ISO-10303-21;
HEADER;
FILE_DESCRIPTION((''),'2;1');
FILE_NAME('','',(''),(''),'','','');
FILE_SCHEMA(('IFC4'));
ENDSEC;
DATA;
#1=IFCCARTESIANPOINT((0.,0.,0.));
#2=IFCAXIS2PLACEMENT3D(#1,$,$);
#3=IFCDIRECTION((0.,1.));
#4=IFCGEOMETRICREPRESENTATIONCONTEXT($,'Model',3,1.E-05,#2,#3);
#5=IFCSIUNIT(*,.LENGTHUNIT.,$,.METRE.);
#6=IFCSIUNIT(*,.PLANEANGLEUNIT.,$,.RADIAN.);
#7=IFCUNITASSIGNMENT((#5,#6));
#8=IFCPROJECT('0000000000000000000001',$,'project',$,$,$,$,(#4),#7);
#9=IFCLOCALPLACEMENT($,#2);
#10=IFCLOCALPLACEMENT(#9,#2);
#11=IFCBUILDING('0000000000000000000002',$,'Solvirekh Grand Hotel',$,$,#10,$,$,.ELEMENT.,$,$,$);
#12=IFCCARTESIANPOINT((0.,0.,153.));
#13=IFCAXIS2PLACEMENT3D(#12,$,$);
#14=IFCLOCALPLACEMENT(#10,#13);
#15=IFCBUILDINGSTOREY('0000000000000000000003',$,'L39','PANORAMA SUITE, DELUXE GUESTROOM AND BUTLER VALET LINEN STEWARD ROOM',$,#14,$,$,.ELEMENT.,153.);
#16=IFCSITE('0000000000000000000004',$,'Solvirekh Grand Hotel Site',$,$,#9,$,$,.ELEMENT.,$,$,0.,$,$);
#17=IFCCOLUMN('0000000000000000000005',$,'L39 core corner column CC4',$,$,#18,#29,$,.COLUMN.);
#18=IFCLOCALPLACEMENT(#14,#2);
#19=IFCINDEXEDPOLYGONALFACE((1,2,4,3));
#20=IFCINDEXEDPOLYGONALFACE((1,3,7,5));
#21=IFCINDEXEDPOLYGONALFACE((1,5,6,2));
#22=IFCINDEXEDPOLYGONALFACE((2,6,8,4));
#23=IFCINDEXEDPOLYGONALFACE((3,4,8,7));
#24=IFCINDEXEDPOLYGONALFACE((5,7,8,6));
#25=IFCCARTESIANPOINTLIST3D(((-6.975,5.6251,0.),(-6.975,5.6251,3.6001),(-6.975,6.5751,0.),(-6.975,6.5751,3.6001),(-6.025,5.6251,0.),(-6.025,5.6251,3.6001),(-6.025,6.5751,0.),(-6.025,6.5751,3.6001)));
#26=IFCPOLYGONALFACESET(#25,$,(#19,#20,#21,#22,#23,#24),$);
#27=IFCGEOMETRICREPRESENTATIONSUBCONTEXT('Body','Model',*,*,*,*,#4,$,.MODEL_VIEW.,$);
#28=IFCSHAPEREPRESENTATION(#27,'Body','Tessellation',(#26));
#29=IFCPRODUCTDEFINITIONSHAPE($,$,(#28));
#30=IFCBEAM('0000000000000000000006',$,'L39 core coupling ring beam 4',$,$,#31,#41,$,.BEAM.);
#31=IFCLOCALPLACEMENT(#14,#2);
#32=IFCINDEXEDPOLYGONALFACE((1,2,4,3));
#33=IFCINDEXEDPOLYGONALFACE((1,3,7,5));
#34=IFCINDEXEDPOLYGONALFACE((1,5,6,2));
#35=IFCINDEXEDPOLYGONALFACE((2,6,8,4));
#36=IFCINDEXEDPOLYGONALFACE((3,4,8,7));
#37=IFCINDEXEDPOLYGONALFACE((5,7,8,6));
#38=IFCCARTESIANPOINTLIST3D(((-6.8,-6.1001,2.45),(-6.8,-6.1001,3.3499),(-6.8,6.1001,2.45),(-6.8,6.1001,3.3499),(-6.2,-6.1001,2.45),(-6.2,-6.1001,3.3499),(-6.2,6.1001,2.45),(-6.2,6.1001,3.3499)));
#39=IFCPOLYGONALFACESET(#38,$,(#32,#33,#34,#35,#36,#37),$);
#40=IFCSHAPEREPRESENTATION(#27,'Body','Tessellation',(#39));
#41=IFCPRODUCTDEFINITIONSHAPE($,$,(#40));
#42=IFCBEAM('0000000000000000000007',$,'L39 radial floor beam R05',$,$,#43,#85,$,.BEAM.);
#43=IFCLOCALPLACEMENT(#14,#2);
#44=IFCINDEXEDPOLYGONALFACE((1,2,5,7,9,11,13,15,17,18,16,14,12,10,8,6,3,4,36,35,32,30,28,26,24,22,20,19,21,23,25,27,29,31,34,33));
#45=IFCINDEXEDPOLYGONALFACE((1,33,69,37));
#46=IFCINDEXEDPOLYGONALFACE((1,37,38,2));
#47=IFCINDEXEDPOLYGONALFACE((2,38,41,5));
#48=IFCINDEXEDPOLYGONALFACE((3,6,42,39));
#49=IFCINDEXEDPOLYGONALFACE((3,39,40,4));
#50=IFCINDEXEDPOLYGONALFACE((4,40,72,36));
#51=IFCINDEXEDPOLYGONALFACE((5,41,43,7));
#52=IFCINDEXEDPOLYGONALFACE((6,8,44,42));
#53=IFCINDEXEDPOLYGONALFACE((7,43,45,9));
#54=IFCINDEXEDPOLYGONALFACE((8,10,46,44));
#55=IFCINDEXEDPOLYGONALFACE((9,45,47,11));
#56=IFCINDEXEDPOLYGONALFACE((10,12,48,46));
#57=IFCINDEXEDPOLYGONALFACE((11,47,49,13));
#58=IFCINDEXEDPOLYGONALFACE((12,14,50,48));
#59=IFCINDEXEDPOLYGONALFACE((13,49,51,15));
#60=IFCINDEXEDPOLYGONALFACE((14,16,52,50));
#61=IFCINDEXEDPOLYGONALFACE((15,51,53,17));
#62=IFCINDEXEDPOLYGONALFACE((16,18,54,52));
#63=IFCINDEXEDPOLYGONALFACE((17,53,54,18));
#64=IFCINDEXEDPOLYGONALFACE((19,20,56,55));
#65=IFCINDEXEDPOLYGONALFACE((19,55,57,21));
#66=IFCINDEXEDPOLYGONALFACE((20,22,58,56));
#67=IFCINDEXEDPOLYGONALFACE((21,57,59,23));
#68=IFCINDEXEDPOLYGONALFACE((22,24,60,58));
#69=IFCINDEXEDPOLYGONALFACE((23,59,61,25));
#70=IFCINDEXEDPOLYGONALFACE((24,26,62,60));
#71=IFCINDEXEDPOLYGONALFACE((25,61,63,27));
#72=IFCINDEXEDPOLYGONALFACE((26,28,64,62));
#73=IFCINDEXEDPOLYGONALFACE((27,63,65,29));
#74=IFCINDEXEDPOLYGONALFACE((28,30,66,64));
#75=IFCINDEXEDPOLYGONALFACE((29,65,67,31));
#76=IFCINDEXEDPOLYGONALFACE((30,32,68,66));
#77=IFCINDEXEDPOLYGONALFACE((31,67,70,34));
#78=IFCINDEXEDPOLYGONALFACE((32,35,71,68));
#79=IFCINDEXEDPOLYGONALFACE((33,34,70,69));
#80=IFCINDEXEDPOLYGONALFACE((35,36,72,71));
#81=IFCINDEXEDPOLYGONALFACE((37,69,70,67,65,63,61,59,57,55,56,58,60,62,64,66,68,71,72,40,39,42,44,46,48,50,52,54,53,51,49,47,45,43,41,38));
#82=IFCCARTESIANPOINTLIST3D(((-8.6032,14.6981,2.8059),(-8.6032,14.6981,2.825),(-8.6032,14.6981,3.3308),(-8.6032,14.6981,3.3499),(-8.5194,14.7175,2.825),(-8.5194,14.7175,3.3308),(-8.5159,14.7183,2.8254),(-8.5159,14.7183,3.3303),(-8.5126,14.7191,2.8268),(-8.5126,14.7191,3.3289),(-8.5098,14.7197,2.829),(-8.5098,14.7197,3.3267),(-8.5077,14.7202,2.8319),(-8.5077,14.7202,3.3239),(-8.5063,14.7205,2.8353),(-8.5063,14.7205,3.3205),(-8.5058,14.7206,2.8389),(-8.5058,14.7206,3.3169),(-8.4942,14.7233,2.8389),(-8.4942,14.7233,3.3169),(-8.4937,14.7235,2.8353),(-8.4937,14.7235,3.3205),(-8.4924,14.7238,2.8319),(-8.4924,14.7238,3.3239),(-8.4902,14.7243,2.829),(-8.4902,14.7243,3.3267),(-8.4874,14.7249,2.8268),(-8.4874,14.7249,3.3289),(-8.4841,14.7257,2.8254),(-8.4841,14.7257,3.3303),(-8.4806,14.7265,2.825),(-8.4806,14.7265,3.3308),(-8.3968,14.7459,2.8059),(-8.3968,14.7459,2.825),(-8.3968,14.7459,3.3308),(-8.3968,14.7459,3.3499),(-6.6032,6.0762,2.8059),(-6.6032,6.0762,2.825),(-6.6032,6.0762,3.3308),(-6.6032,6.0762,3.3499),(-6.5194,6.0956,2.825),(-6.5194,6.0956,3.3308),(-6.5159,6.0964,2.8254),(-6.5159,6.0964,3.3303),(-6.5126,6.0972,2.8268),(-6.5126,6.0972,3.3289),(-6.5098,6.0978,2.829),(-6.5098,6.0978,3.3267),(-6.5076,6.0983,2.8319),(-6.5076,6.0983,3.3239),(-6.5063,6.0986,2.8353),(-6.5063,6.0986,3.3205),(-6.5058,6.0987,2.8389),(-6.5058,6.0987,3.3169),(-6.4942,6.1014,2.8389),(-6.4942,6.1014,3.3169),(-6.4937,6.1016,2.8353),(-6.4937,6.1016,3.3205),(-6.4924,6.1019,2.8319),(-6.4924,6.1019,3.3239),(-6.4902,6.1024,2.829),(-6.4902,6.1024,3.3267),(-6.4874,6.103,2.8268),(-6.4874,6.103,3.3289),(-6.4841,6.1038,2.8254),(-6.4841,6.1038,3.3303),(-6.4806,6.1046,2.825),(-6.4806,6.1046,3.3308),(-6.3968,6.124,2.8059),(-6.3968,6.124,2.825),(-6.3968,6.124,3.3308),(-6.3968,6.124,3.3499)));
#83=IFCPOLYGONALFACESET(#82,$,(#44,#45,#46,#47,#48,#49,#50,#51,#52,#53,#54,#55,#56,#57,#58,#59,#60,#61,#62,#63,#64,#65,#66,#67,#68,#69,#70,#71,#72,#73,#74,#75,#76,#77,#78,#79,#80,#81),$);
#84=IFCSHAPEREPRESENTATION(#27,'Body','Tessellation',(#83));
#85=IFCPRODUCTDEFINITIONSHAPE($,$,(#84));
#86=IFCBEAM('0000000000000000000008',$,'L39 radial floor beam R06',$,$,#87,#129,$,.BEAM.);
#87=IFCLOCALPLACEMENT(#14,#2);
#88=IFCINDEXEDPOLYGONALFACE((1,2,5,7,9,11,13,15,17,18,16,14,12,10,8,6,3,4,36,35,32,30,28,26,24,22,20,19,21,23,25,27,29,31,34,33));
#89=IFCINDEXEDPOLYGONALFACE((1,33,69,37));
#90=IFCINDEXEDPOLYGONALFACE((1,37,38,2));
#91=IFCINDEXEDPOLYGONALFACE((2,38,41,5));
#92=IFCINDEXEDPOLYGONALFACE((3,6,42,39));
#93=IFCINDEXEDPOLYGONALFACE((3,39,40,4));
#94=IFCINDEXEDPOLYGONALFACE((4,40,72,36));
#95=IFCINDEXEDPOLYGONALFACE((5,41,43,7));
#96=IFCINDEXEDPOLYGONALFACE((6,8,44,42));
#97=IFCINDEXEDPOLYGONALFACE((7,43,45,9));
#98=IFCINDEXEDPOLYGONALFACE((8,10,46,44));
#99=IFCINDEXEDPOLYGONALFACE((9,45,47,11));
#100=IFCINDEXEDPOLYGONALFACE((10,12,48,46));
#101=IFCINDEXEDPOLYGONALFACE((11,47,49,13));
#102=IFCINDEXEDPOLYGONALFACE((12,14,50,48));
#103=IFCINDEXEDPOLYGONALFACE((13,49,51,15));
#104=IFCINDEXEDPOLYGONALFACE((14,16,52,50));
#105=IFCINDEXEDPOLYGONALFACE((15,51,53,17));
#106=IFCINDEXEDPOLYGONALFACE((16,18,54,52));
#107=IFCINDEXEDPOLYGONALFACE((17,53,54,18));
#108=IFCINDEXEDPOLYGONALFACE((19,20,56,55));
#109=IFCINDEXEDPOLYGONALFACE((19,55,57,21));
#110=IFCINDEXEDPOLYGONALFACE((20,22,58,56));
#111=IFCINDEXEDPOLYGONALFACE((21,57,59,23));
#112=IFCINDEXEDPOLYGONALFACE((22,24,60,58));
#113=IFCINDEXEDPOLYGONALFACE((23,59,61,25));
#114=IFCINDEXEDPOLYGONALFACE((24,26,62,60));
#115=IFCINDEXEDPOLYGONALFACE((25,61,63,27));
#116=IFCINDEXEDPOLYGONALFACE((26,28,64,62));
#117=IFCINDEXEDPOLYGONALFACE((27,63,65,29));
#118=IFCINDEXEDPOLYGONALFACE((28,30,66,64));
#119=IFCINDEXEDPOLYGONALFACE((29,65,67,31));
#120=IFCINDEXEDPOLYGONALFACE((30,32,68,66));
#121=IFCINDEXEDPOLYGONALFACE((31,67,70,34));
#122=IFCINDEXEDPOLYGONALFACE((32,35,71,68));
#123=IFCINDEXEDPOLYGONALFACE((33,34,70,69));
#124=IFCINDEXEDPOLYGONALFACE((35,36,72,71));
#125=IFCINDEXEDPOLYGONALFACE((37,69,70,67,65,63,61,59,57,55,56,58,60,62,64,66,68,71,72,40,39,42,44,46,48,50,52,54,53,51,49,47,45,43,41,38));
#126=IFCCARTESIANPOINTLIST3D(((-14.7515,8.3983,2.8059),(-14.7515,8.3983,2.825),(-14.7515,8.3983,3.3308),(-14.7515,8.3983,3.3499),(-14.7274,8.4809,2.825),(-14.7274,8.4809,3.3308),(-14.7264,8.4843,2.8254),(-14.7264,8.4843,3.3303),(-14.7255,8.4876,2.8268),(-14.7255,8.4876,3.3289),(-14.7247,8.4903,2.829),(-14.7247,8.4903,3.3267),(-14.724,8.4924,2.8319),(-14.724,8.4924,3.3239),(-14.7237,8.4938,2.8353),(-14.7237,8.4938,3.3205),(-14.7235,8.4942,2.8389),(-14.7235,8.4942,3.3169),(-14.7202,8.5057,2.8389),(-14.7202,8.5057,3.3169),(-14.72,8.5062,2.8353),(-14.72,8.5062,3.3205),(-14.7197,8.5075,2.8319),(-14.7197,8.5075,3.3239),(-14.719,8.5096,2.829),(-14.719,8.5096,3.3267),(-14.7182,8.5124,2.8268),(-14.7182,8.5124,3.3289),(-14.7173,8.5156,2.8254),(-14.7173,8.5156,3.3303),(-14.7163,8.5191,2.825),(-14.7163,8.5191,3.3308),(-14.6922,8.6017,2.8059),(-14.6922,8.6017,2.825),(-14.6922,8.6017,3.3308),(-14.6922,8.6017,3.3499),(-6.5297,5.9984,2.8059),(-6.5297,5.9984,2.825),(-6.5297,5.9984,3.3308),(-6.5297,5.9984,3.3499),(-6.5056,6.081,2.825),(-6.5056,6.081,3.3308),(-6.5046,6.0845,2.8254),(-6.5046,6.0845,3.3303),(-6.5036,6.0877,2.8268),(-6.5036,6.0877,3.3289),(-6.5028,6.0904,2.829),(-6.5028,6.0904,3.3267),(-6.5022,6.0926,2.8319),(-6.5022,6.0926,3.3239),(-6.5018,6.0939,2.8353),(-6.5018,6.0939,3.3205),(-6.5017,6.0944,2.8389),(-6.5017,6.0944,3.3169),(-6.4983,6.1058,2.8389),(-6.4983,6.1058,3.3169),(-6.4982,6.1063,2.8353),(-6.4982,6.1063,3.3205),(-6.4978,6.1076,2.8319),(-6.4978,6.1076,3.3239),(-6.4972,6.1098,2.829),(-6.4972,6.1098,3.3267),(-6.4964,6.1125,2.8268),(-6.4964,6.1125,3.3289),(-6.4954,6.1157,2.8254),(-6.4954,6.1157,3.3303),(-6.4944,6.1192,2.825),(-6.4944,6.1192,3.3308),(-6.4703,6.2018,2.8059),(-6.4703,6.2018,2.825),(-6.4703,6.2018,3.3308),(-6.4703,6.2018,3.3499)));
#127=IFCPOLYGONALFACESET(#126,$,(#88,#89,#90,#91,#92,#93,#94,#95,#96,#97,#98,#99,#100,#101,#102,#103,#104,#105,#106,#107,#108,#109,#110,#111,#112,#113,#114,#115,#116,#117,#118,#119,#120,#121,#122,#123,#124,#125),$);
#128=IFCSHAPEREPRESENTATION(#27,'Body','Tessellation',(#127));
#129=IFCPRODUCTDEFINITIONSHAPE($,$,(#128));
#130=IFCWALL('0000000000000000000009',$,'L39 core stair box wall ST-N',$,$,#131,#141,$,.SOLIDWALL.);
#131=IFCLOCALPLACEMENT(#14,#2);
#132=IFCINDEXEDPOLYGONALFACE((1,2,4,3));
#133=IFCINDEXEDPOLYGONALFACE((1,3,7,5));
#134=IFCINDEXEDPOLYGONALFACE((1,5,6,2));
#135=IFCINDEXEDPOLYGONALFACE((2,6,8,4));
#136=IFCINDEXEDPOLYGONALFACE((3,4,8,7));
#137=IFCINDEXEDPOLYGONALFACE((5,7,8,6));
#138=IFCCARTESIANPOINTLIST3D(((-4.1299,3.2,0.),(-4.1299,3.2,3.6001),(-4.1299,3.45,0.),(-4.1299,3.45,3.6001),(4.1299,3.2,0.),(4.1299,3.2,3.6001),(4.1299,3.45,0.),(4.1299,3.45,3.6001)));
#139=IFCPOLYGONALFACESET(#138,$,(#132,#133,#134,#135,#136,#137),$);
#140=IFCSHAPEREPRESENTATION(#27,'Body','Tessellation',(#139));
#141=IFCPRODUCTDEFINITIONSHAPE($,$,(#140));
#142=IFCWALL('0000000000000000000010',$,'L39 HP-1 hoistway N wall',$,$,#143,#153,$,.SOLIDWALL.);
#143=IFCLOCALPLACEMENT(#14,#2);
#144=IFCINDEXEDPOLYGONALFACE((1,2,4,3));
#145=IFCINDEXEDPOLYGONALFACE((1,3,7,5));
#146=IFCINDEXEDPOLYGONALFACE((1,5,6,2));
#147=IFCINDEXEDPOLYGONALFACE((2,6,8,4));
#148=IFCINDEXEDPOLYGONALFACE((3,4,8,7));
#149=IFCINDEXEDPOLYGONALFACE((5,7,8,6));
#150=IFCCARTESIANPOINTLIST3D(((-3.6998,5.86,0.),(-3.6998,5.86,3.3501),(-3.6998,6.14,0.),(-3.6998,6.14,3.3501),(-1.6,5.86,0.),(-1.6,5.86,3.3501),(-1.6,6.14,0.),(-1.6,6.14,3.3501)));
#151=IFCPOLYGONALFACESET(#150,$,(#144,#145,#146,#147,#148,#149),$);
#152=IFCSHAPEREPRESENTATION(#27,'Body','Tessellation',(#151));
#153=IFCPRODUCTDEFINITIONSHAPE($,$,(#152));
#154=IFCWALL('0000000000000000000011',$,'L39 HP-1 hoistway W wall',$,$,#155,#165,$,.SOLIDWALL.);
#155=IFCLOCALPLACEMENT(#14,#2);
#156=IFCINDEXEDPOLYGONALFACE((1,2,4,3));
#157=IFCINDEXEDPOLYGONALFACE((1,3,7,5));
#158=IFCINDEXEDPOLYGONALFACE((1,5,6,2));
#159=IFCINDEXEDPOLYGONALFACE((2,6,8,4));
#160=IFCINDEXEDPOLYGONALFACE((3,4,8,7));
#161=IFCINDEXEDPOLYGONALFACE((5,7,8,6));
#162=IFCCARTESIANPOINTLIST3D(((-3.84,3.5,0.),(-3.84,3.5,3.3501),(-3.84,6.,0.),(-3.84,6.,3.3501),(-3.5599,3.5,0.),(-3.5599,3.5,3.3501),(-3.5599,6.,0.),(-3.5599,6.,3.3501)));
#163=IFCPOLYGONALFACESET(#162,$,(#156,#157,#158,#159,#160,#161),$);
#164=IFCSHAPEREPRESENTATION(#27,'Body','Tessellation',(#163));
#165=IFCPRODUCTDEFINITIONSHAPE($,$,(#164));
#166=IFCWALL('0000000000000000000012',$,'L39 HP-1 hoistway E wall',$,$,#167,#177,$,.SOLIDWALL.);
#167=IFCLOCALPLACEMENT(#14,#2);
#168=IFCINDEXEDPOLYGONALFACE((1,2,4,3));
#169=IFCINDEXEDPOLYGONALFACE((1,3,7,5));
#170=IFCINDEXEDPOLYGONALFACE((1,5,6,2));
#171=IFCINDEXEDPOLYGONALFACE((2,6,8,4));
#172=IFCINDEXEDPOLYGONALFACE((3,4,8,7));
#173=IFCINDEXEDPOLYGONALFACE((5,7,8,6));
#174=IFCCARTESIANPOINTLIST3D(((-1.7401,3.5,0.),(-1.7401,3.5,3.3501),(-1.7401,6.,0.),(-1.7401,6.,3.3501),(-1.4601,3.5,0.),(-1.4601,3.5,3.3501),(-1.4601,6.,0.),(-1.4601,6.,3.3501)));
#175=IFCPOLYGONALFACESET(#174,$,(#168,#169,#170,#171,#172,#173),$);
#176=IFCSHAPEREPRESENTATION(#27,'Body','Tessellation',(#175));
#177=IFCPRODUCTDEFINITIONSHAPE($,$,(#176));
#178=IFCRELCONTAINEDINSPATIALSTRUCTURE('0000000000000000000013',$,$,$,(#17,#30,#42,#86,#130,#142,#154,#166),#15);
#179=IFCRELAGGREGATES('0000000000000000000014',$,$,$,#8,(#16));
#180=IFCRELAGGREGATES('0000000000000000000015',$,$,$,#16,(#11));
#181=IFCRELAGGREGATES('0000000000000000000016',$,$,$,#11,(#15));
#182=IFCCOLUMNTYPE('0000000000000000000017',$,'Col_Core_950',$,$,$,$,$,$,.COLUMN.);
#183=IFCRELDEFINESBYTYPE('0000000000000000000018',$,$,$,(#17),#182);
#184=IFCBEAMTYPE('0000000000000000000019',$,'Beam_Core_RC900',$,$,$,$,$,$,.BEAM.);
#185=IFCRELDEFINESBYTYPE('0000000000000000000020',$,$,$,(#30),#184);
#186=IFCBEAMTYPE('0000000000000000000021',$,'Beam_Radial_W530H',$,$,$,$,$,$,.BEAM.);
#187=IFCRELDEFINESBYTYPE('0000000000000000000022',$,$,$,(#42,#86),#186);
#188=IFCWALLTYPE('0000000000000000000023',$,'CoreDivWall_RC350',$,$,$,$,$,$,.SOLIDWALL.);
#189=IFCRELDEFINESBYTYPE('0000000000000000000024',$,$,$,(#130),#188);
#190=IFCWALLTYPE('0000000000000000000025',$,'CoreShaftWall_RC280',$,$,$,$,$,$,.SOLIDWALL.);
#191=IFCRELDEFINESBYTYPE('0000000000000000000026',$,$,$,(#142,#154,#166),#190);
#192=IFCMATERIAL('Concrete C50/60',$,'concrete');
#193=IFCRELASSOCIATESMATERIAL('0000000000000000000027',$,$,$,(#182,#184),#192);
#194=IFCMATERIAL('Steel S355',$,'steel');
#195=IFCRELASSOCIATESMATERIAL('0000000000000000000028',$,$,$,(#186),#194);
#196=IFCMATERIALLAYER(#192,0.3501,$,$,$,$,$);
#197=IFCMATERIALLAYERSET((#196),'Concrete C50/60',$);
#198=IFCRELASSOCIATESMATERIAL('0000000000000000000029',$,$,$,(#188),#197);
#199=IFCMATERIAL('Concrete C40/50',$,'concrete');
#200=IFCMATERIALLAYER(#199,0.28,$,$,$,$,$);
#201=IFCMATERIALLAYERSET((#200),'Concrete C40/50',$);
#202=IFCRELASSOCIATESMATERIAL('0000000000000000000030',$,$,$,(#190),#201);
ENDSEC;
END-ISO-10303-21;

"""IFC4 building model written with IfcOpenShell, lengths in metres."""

from ifc_helpers import new_model, si_unit, direction, frame, frame_2d, origin, origin_2d, place, context, subcontext, project, spatial, rectangle, i_section, extrude, material, layer, layer_set, material_profile, profile_set, type_object, element, save


model = new_model("IFC4")

# Units and contexts
model_context = context("Model", 3, precision=1e-05, world=origin(), true_north=direction((0.0, 1.0)))
body_context = subcontext(model_context, "Body", "Model", "MODEL_VIEW")
ifc_project = project(units=[si_unit("LENGTHUNIT", "METRE"), si_unit("PLANEANGLEUNIT", "RADIAN")], contexts=[model_context])

# Site, building, storey
site_placement = place(None, origin())
site = spatial("IfcSite", under=ifc_project, at=site_placement, Name="Solvirekh Grand Hotel Site", CompositionType="ELEMENT", RefElevation=0.0)
building_placement = place(site_placement, origin())
building = spatial("IfcBuilding", under=site, at=building_placement, Name="Solvirekh Grand Hotel", CompositionType="ELEMENT")
storey_placement = place(building_placement, frame((0.0, 0.0, 153.0)))
storey = spatial("IfcBuildingStorey", under=building, at=storey_placement, Name="L39", Description="PANORAMA SUITE, DELUXE GUESTROOM AND BUTLER VALET LINEN STEWARD ROOM", CompositionType="ELEMENT", Elevation=153.0)

# Column
ifc_material_1 = material(Name="Concrete C50/60", Category="concrete")
ifc_material_profile_1 = material_profile(ifc_material_1, rectangle(XDim=0.95, YDim=0.95, at=origin_2d()), Name="RC 950X950")
ifc_profile_set_1 = profile_set([ifc_material_profile_1], Name="Concrete C50/60")
column_type = type_object("IfcColumnType", Name="Col_Core_950", PredefinedType="COLUMN", material=ifc_profile_set_1)
column_placement = place(storey_placement, frame((-6.5, 6.1001, 0.0), z_axis=(0.0, 0.0, 1.0), x_axis=(1.0, 0.0, 0.0)))
element("IfcColumn", 1, at=column_placement, inside=storey, type_object=column_type, Name="L39 core corner column CC4", PredefinedType="COLUMN", context=body_context, shape_type="SweptSolid", body=[
    extrude(rectangle(XDim=0.95, YDim=0.95, at=origin_2d()), origin(), (0.0, 0.0, 1.0), 3.6001),
])

# Beams
ifc_material_profile_2 = material_profile(ifc_material_1, rectangle(XDim=0.6001, YDim=0.8999, at=origin_2d()), Name="RC BEAM 600X900")
ifc_profile_set_2 = profile_set([ifc_material_profile_2], Name="Concrete C50/60")
beam_type_1 = type_object("IfcBeamType", Name="Beam_Core_RC900", PredefinedType="BEAM", material=ifc_profile_set_2)
beam_1_placement = place(storey_placement, frame((-6.5, 6.1001, 2.8999), z_axis=(0.0, -1.0, 0.0), x_axis=(1.0, 0.0, 0.0)))
element("IfcBeam", 2, at=beam_1_placement, inside=storey, type_object=beam_type_1, Name="L39 core coupling ring beam 4", PredefinedType="BEAM", context=body_context, shape_type="SweptSolid", body=[
    extrude(rectangle(XDim=0.6001, YDim=0.8999, at=origin_2d()), origin(), (0.0, 0.0, 1.0), 12.2002),
])
ifc_material_2 = material(Name="Steel S355", Category="steel")
ifc_material_profile_3 = material_profile(ifc_material_2, i_section(OverallWidth=0.2119, OverallDepth=0.5439, WebThickness=0.012, FlangeThickness=0.019, FilletRadius=0.0139, at=origin_2d()), Name="W530X123")
ifc_profile_set_3 = profile_set([ifc_material_profile_3], Name="Steel S355")
beam_type_2 = type_object("IfcBeamType", Name="Beam_Radial_W530H", PredefinedType="BEAM", material=ifc_profile_set_3)
beam_2_placement = place(storey_placement, frame((-6.5, 6.1001, 3.0779), z_axis=(-0.225969, 0.974134, 0.0), x_axis=(-0.974134, -0.225969, 0.0)))
element("IfcBeam", 3, at=beam_2_placement, inside=storey, type_object=beam_type_2, Name="L39 radial floor beam R05", PredefinedType="BEAM", context=body_context, shape_type="SweptSolid", body=[
    extrude(i_section(OverallWidth=0.2119, OverallDepth=0.5439, WebThickness=0.012, FlangeThickness=0.019, FilletRadius=0.0139, at=origin_2d()), origin(), (0.0, 0.0, 1.0), 8.8508),
])
beam_3_placement = place(storey_placement, frame((-6.5, 6.1001, 3.0779), z_axis=(-0.959942, 0.280198, 0.0), x_axis=(-0.280198, -0.959942, 0.0)))
element("IfcBeam", 4, at=beam_3_placement, inside=storey, type_object=beam_type_2, Name="L39 radial floor beam R06", PredefinedType="BEAM", context=body_context, shape_type="SweptSolid", body=[
    extrude(i_section(OverallWidth=0.2119, OverallDepth=0.5439, WebThickness=0.012, FlangeThickness=0.019, FilletRadius=0.0139, at=origin_2d()), origin(), (0.0, 0.0, 1.0), 8.5649),
])

# Walls
ifc_layer_1 = layer(ifc_material_1, 0.3501)
ifc_layer_set_1 = layer_set([ifc_layer_1], Name="Concrete C50/60")
wall_type_1 = type_object("IfcWallType", Name="CoreDivWall_RC350", PredefinedType="SOLIDWALL", material=ifc_layer_set_1)
wall_1_placement = place(storey_placement, frame((-4.1299, 3.325, 0.0), z_axis=(0.0, 0.0, 1.0), x_axis=(1.0, 0.0, 0.0)))
element("IfcWall", 5, at=wall_1_placement, inside=storey, type_object=wall_type_1, Name="L39 core stair box wall ST-N", PredefinedType="SOLIDWALL", context=body_context, shape_type="SweptSolid", body=[
    extrude(rectangle(XDim=8.2598, YDim=0.25, at=frame_2d((4.1299, 0.0))), origin(), (0.0, 0.0, 1.0), 3.6001),
])
ifc_material_3 = material(Name="Concrete C40/50", Category="concrete")
ifc_layer_2 = layer(ifc_material_3, 0.28)
ifc_layer_set_2 = layer_set([ifc_layer_2], Name="Concrete C40/50")
wall_type_2 = type_object("IfcWallType", Name="CoreShaftWall_RC280", PredefinedType="SOLIDWALL", material=ifc_layer_set_2)
wall_2_placement = place(storey_placement, frame((-1.6001, 6.0, 0.0), z_axis=(0.0, 0.0, 1.0), x_axis=(-1.0, 0.0, 0.0)))
element("IfcWall", 6, at=wall_2_placement, inside=storey, type_object=wall_type_2, Name="L39 HP-1 hoistway N wall", PredefinedType="SOLIDWALL", context=body_context, shape_type="SweptSolid", body=[
    extrude(rectangle(XDim=2.0999, YDim=0.28, at=frame_2d((1.0498, 0.0))), origin(), (0.0, 0.0, 1.0), 3.3501),
])
for number, where, z_axis, x_axis, name in (
    (7, (-3.7, 6.0, 0.0), (0.0, 0.0, 1.0), (0.0, -1.0, 0.0), "L39 HP-1 hoistway W wall"),
    (8, (-1.6001, 3.5, 0.0), (0.0, 0.0, 1.0), (0.0, 1.0, 0.0), "L39 HP-1 hoistway E wall"),
):
    element("IfcWall", number, at=place(storey_placement, frame(where, z_axis=z_axis, x_axis=x_axis)), inside=storey, type_object=wall_type_2, Name=name, PredefinedType="SOLIDWALL", context=body_context, shape_type="SweptSolid", body=[
        extrude(rectangle(XDim=2.5, YDim=0.28, at=frame_2d((1.25, 0.0))), origin(), (0.0, 0.0, 1.0), 3.3501),
    ])

save(model, "model.ifc")
